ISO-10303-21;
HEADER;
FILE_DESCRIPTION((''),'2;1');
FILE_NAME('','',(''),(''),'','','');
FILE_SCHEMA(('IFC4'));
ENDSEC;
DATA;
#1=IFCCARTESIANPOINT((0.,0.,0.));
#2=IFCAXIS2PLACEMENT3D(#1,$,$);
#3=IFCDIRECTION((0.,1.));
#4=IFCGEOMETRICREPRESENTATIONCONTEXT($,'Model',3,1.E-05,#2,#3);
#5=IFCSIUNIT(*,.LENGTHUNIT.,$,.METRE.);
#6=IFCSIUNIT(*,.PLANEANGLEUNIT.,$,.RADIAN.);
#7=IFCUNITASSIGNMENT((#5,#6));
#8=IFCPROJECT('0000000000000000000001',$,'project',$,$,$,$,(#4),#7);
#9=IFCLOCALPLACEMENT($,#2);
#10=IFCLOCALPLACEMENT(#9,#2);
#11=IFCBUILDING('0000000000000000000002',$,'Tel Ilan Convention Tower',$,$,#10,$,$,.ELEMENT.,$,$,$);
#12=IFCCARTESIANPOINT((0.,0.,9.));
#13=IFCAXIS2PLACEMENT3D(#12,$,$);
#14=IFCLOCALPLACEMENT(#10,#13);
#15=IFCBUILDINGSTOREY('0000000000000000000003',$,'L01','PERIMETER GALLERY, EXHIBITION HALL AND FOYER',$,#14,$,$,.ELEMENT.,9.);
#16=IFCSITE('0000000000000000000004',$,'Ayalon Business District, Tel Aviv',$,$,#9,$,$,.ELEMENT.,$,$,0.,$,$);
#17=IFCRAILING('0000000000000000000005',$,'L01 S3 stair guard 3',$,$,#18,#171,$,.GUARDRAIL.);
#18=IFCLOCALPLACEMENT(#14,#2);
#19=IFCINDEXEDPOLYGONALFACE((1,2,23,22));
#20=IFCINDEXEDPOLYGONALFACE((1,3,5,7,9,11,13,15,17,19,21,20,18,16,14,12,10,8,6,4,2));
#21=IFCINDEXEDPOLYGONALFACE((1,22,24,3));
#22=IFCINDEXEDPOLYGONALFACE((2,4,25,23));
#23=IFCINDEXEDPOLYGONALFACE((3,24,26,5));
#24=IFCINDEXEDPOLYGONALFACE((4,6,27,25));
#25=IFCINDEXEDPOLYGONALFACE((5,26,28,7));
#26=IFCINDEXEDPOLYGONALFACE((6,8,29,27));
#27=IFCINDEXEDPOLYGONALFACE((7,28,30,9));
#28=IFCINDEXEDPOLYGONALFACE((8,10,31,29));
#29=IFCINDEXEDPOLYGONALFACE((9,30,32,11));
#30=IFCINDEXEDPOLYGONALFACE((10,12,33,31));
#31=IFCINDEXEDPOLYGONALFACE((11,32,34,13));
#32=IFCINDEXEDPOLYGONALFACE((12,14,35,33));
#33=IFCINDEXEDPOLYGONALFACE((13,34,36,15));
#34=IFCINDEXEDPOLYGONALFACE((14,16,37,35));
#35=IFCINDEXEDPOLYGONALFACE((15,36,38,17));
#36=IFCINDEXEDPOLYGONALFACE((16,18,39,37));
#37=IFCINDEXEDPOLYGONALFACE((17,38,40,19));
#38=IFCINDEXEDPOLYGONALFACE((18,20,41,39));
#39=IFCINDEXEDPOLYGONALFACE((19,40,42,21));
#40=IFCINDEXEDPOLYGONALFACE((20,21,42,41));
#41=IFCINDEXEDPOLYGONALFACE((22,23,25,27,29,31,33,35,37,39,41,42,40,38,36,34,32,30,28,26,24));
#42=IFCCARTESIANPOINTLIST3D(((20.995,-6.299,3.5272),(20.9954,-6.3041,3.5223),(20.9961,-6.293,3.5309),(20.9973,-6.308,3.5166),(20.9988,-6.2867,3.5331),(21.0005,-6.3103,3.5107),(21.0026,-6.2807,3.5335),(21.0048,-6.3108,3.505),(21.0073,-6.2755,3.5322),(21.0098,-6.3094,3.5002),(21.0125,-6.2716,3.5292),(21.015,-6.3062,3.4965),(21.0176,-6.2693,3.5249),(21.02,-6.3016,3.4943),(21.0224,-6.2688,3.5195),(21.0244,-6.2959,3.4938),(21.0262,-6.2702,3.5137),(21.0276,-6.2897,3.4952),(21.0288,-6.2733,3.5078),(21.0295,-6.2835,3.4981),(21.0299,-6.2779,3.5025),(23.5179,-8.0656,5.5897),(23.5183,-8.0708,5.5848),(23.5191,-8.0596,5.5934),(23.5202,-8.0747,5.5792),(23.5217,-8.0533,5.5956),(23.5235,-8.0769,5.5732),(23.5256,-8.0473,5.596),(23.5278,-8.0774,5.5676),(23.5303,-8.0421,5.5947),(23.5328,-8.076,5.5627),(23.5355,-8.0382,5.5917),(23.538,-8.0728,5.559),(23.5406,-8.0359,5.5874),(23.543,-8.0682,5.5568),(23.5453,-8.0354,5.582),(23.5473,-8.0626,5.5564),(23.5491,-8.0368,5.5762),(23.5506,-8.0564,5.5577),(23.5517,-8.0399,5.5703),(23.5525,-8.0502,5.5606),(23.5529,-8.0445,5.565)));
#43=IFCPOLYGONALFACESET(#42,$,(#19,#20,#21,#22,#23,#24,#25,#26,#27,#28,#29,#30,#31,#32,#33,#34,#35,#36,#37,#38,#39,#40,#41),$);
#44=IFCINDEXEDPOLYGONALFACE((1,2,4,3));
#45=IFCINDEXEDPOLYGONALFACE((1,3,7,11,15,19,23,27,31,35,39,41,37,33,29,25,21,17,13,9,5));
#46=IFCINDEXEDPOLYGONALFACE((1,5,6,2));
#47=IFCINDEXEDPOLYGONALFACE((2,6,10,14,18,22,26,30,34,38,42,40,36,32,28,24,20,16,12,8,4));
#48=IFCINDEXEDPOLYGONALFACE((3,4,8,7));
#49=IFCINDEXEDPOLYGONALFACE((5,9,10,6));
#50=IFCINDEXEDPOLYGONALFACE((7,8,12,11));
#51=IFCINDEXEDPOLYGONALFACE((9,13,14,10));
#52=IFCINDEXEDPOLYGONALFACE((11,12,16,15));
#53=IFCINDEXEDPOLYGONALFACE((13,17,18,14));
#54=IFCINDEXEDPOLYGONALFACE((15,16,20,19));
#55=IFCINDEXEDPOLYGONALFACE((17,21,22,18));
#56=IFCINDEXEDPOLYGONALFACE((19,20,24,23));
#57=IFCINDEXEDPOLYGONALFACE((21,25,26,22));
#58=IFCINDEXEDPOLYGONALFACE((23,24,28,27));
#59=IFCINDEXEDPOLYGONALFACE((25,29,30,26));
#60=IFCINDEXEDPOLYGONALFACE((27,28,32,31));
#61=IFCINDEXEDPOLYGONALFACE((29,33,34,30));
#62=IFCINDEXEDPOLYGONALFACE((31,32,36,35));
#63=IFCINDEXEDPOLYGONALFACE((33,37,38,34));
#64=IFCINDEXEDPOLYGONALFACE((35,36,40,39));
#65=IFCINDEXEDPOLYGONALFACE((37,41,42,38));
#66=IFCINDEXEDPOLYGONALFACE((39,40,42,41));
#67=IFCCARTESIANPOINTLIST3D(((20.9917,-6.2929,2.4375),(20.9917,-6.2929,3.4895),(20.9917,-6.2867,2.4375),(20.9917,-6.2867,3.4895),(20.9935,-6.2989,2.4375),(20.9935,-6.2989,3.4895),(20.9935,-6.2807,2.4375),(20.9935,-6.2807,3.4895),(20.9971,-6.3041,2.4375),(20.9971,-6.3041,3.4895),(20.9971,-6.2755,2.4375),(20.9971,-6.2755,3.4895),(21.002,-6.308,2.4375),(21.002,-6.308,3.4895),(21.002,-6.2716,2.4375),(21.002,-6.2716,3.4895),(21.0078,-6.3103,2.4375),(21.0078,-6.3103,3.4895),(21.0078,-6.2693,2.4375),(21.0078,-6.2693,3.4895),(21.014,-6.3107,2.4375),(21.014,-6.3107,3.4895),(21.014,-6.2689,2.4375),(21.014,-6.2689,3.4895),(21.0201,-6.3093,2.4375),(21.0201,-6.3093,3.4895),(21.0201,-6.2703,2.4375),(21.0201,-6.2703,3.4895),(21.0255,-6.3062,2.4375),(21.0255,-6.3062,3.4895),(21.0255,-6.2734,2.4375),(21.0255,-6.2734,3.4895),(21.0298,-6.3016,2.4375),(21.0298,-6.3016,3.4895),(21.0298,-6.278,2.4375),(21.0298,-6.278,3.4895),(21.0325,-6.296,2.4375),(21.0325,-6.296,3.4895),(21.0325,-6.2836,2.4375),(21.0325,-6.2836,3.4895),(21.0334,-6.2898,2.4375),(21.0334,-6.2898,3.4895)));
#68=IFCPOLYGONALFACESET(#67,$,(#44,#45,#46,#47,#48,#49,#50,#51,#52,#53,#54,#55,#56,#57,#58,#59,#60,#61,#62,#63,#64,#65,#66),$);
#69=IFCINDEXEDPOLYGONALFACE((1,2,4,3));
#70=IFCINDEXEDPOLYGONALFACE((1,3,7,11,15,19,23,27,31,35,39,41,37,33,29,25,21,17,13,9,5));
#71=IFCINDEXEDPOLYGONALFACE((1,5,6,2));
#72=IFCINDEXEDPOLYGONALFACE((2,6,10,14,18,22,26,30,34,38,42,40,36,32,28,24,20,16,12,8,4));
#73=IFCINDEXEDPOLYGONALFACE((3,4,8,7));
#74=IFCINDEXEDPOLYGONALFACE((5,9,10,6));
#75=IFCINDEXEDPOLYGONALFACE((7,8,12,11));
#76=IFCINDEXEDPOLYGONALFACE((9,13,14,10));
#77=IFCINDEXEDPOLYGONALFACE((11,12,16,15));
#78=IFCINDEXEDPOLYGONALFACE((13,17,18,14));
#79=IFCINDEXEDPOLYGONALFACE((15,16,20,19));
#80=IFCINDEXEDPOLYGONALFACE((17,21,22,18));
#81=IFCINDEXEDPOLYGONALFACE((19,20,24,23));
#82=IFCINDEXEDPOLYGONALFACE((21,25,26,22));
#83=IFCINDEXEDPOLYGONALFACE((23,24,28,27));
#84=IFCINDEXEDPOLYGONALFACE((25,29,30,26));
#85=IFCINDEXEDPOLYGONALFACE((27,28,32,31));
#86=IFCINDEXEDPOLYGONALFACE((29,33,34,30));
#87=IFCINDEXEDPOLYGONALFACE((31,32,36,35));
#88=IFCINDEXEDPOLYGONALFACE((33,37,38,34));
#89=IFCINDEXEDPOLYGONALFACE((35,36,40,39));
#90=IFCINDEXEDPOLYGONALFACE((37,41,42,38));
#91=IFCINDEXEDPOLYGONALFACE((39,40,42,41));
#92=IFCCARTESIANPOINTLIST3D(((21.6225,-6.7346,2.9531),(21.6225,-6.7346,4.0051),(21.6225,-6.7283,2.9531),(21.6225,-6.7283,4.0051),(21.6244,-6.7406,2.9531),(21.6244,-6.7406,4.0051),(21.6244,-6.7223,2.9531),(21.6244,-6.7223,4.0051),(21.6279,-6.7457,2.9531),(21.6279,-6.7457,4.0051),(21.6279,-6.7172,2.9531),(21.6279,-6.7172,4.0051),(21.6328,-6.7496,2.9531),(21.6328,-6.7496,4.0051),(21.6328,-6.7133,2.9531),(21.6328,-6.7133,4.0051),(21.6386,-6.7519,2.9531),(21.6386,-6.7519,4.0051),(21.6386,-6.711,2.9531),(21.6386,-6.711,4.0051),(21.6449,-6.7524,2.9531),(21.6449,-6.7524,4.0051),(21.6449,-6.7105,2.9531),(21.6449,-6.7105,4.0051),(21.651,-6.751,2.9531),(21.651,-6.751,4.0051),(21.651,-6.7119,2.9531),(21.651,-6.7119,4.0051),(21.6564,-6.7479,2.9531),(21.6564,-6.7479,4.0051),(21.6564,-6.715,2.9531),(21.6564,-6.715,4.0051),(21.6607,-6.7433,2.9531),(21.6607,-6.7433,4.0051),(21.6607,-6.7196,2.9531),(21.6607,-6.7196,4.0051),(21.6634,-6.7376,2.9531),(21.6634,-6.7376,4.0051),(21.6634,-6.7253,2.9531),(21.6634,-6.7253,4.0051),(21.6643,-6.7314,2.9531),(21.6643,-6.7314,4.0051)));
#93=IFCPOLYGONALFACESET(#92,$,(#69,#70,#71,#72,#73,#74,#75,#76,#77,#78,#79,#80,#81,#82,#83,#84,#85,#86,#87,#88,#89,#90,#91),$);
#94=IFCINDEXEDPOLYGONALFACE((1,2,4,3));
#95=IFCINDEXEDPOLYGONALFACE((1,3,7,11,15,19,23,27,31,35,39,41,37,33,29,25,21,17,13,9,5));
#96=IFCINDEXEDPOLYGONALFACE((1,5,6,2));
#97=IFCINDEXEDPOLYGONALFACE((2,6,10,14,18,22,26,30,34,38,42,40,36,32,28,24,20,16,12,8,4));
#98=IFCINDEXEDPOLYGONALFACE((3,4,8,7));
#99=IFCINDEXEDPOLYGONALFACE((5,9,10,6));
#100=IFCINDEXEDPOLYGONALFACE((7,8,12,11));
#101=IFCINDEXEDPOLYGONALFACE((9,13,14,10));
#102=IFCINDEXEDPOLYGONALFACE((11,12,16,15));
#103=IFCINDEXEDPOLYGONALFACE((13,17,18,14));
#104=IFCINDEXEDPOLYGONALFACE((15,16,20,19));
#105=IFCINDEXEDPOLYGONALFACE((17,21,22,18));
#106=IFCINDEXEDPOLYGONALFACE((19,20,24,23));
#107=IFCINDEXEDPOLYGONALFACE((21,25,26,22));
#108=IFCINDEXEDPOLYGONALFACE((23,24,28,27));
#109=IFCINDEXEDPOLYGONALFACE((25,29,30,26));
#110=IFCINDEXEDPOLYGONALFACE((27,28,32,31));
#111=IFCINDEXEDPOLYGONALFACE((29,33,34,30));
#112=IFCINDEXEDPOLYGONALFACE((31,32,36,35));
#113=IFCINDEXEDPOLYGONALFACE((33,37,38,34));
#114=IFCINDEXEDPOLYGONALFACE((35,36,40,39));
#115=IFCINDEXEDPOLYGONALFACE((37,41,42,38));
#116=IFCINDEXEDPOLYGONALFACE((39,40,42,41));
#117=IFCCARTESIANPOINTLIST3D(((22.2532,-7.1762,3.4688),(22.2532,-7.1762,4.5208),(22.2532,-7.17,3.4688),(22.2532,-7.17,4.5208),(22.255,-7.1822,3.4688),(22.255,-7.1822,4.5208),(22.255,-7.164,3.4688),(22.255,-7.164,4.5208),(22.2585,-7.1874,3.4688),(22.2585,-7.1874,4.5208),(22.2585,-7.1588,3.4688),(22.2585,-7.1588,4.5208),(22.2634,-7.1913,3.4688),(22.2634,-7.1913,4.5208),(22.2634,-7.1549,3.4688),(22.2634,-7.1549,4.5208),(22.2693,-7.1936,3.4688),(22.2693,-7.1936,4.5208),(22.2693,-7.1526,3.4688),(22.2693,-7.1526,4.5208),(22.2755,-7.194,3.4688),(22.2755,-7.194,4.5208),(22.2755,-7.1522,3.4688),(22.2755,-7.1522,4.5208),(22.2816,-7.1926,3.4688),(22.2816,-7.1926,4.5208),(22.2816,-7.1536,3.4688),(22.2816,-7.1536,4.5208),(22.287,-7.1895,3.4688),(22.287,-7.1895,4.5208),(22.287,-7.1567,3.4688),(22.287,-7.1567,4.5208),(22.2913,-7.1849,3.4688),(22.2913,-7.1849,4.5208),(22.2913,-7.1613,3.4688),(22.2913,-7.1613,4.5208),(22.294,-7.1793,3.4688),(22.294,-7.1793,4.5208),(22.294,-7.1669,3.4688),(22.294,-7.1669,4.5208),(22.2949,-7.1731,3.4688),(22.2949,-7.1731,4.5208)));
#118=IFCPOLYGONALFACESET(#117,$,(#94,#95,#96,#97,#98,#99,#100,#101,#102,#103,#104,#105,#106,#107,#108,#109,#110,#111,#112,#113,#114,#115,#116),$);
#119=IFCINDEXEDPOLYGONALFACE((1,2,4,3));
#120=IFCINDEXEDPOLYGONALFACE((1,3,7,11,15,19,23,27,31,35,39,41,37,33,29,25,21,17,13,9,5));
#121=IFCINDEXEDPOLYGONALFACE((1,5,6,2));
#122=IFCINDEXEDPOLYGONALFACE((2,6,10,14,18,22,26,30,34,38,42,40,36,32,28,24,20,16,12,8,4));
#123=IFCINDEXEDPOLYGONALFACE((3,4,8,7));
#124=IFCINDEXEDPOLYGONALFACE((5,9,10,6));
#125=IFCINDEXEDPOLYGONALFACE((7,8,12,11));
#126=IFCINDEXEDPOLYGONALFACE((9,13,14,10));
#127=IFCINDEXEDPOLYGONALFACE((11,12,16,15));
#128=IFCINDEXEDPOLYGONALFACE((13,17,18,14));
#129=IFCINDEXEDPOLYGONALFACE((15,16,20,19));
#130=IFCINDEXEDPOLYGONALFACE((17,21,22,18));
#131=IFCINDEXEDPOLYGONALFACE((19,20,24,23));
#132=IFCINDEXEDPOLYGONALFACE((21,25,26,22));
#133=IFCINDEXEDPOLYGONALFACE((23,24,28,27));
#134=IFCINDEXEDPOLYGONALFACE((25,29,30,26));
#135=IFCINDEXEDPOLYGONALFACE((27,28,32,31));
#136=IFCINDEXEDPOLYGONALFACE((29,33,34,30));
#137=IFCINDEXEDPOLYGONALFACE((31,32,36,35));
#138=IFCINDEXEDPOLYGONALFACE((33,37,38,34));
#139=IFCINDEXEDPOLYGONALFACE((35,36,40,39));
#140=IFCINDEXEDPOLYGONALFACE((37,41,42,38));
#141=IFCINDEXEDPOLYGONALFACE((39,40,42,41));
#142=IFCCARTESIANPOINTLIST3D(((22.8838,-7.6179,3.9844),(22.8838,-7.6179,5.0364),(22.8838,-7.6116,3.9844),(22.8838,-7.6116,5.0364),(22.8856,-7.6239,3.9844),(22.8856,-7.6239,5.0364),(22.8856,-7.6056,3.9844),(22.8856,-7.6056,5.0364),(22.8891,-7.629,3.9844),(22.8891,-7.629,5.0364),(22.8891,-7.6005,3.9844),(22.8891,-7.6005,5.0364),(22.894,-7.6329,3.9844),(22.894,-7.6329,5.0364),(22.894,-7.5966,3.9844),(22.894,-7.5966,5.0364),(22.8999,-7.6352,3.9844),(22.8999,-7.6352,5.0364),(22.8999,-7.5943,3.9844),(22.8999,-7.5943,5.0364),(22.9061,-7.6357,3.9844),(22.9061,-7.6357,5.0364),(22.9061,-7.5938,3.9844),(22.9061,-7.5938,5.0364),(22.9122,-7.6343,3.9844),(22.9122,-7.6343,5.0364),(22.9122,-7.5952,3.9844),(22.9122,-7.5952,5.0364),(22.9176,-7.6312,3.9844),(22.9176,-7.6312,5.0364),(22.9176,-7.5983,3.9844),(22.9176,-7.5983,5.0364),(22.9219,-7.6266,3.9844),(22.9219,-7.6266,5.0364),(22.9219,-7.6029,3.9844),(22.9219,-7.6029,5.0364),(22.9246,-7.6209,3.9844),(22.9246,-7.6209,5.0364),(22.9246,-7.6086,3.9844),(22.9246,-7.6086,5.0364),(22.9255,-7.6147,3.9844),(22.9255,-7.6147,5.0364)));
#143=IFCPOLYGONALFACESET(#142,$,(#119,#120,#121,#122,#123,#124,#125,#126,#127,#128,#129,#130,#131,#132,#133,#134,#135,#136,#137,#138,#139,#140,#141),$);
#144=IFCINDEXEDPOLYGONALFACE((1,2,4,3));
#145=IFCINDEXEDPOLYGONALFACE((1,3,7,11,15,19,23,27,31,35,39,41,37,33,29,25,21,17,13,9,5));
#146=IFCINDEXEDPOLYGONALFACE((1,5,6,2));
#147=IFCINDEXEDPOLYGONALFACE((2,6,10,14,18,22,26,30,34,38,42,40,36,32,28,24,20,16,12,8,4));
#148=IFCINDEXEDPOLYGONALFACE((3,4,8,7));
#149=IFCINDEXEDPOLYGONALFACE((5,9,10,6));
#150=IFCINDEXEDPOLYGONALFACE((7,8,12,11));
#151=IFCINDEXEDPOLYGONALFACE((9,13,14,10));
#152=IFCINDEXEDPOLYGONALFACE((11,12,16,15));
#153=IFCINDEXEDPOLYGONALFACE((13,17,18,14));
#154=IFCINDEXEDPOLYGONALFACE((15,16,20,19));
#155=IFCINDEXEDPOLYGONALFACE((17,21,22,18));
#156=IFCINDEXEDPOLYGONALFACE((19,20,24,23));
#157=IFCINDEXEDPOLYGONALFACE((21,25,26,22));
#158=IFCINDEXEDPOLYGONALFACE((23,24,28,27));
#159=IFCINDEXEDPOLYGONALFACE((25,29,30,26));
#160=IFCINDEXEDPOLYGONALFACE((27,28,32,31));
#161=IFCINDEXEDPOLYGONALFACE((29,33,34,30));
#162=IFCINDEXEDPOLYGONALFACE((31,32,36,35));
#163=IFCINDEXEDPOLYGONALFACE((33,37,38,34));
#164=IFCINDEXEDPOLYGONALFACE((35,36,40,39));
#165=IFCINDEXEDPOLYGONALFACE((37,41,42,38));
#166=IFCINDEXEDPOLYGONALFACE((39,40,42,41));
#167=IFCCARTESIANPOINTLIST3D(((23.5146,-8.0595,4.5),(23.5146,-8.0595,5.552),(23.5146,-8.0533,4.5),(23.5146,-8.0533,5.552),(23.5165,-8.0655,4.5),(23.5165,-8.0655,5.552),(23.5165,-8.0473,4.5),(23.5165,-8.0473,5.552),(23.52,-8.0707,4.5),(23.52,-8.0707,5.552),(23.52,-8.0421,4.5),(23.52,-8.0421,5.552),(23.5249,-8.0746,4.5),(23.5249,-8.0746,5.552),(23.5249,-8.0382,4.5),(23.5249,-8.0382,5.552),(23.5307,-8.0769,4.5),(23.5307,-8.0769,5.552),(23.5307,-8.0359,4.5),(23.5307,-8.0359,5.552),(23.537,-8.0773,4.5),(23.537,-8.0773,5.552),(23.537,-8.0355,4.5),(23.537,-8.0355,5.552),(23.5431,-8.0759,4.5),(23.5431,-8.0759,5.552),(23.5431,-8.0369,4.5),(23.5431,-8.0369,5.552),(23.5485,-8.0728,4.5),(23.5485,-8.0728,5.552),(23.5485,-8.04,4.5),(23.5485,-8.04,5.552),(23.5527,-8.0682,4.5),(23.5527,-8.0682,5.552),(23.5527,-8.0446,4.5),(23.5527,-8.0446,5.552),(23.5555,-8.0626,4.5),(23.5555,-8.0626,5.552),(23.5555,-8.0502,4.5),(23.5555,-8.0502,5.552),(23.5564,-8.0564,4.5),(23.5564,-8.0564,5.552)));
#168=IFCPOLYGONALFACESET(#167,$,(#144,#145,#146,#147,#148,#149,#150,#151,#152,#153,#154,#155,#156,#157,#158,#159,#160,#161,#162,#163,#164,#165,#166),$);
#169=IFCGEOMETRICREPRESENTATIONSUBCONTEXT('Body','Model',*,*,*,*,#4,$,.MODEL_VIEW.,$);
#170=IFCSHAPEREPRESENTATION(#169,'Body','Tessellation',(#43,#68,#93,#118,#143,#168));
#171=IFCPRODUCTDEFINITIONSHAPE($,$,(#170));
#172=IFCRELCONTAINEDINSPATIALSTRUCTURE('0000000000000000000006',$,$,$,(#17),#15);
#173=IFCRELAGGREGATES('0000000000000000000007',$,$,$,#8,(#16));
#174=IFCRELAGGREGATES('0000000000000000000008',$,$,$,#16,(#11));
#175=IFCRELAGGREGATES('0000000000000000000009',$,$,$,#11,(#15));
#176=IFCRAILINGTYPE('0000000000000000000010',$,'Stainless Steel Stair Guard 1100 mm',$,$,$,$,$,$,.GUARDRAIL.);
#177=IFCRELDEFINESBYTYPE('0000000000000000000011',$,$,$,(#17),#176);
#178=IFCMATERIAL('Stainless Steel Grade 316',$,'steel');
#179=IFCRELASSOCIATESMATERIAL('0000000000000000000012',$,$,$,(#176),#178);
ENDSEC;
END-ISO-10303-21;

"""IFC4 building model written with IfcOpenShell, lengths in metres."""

from ifc_helpers import new_model, si_unit, direction, frame, origin, origin_2d, place, context, subcontext, project, spatial, circle, extrude, material, type_object, element, save


model = new_model("IFC4")

# Units and contexts
model_context = context("Model", 3, precision=1e-05, world=origin(), true_north=direction((0.0, 1.0)))
body_context = subcontext(model_context, "Body", "Model", "MODEL_VIEW")
ifc_project = project(units=[si_unit("LENGTHUNIT", "METRE"), si_unit("PLANEANGLEUNIT", "RADIAN")], contexts=[model_context])

# Site, building, storey
site_placement = place(None, origin())
site = spatial("IfcSite", under=ifc_project, at=site_placement, Name="Ayalon Business District, Tel Aviv", CompositionType="ELEMENT", RefElevation=0.0)
building_placement = place(site_placement, origin())
building = spatial("IfcBuilding", under=site, at=building_placement, Name="Tel Ilan Convention Tower", CompositionType="ELEMENT")
storey_placement = place(building_placement, frame((0.0, 0.0, 9.0)))
storey = spatial("IfcBuildingStorey", under=building, at=storey_placement, Name="L01", Description="PERIMETER GALLERY, EXHIBITION HALL AND FOYER", CompositionType="ELEMENT", Elevation=9.0)

# Railing
ifc_material_1 = material(Name="Stainless Steel Grade 316", Category="steel")
railing_type_1 = type_object("IfcRailingType", Name="Stainless Steel Stair Guard 1100 mm", PredefinedType="GUARDRAIL", material=ifc_material_1)
for number, where, name in (
    (1, (21.0125, -6.2898, 2.4375), "L01 S3 stair guard 3"),
):
    element("IfcRailing", number, at=place(storey_placement, frame(where)), inside=storey, type_object=railing_type_1, Name=name, PredefinedType="GUARDRAIL", context=body_context, shape_type="SweptSolid", body=[
        extrude(circle(Radius=0.0239, at=origin_2d()), frame((0.0, 0.0, 1.0762), z_axis=(0.680635, -0.476589, 0.556416), x_axis=(0.573579, 0.81915, 0.0)), (0.0, 0.0, 1.0), 3.7068),
        extrude(circle(Radius=0.021, at=origin_2d()), origin(), (0.0, 0.0, 1.0), 1.052),
        extrude(circle(Radius=0.021, at=origin_2d()), frame((0.6309, -0.4417, 0.5156)), (0.0, 0.0, 1.0), 1.052),
        extrude(circle(Radius=0.021, at=origin_2d()), frame((1.2615, -0.8833, 1.0312)), (0.0, 0.0, 1.0), 1.052),
        extrude(circle(Radius=0.021, at=origin_2d()), frame((1.8921, -1.325, 1.5469)), (0.0, 0.0, 1.0), 1.052),
        extrude(circle(Radius=0.021, at=origin_2d()), frame((2.5229, -1.7666, 2.0625)), (0.0, 0.0, 1.0), 1.052),
    ])

save(model, "model.ifc")
